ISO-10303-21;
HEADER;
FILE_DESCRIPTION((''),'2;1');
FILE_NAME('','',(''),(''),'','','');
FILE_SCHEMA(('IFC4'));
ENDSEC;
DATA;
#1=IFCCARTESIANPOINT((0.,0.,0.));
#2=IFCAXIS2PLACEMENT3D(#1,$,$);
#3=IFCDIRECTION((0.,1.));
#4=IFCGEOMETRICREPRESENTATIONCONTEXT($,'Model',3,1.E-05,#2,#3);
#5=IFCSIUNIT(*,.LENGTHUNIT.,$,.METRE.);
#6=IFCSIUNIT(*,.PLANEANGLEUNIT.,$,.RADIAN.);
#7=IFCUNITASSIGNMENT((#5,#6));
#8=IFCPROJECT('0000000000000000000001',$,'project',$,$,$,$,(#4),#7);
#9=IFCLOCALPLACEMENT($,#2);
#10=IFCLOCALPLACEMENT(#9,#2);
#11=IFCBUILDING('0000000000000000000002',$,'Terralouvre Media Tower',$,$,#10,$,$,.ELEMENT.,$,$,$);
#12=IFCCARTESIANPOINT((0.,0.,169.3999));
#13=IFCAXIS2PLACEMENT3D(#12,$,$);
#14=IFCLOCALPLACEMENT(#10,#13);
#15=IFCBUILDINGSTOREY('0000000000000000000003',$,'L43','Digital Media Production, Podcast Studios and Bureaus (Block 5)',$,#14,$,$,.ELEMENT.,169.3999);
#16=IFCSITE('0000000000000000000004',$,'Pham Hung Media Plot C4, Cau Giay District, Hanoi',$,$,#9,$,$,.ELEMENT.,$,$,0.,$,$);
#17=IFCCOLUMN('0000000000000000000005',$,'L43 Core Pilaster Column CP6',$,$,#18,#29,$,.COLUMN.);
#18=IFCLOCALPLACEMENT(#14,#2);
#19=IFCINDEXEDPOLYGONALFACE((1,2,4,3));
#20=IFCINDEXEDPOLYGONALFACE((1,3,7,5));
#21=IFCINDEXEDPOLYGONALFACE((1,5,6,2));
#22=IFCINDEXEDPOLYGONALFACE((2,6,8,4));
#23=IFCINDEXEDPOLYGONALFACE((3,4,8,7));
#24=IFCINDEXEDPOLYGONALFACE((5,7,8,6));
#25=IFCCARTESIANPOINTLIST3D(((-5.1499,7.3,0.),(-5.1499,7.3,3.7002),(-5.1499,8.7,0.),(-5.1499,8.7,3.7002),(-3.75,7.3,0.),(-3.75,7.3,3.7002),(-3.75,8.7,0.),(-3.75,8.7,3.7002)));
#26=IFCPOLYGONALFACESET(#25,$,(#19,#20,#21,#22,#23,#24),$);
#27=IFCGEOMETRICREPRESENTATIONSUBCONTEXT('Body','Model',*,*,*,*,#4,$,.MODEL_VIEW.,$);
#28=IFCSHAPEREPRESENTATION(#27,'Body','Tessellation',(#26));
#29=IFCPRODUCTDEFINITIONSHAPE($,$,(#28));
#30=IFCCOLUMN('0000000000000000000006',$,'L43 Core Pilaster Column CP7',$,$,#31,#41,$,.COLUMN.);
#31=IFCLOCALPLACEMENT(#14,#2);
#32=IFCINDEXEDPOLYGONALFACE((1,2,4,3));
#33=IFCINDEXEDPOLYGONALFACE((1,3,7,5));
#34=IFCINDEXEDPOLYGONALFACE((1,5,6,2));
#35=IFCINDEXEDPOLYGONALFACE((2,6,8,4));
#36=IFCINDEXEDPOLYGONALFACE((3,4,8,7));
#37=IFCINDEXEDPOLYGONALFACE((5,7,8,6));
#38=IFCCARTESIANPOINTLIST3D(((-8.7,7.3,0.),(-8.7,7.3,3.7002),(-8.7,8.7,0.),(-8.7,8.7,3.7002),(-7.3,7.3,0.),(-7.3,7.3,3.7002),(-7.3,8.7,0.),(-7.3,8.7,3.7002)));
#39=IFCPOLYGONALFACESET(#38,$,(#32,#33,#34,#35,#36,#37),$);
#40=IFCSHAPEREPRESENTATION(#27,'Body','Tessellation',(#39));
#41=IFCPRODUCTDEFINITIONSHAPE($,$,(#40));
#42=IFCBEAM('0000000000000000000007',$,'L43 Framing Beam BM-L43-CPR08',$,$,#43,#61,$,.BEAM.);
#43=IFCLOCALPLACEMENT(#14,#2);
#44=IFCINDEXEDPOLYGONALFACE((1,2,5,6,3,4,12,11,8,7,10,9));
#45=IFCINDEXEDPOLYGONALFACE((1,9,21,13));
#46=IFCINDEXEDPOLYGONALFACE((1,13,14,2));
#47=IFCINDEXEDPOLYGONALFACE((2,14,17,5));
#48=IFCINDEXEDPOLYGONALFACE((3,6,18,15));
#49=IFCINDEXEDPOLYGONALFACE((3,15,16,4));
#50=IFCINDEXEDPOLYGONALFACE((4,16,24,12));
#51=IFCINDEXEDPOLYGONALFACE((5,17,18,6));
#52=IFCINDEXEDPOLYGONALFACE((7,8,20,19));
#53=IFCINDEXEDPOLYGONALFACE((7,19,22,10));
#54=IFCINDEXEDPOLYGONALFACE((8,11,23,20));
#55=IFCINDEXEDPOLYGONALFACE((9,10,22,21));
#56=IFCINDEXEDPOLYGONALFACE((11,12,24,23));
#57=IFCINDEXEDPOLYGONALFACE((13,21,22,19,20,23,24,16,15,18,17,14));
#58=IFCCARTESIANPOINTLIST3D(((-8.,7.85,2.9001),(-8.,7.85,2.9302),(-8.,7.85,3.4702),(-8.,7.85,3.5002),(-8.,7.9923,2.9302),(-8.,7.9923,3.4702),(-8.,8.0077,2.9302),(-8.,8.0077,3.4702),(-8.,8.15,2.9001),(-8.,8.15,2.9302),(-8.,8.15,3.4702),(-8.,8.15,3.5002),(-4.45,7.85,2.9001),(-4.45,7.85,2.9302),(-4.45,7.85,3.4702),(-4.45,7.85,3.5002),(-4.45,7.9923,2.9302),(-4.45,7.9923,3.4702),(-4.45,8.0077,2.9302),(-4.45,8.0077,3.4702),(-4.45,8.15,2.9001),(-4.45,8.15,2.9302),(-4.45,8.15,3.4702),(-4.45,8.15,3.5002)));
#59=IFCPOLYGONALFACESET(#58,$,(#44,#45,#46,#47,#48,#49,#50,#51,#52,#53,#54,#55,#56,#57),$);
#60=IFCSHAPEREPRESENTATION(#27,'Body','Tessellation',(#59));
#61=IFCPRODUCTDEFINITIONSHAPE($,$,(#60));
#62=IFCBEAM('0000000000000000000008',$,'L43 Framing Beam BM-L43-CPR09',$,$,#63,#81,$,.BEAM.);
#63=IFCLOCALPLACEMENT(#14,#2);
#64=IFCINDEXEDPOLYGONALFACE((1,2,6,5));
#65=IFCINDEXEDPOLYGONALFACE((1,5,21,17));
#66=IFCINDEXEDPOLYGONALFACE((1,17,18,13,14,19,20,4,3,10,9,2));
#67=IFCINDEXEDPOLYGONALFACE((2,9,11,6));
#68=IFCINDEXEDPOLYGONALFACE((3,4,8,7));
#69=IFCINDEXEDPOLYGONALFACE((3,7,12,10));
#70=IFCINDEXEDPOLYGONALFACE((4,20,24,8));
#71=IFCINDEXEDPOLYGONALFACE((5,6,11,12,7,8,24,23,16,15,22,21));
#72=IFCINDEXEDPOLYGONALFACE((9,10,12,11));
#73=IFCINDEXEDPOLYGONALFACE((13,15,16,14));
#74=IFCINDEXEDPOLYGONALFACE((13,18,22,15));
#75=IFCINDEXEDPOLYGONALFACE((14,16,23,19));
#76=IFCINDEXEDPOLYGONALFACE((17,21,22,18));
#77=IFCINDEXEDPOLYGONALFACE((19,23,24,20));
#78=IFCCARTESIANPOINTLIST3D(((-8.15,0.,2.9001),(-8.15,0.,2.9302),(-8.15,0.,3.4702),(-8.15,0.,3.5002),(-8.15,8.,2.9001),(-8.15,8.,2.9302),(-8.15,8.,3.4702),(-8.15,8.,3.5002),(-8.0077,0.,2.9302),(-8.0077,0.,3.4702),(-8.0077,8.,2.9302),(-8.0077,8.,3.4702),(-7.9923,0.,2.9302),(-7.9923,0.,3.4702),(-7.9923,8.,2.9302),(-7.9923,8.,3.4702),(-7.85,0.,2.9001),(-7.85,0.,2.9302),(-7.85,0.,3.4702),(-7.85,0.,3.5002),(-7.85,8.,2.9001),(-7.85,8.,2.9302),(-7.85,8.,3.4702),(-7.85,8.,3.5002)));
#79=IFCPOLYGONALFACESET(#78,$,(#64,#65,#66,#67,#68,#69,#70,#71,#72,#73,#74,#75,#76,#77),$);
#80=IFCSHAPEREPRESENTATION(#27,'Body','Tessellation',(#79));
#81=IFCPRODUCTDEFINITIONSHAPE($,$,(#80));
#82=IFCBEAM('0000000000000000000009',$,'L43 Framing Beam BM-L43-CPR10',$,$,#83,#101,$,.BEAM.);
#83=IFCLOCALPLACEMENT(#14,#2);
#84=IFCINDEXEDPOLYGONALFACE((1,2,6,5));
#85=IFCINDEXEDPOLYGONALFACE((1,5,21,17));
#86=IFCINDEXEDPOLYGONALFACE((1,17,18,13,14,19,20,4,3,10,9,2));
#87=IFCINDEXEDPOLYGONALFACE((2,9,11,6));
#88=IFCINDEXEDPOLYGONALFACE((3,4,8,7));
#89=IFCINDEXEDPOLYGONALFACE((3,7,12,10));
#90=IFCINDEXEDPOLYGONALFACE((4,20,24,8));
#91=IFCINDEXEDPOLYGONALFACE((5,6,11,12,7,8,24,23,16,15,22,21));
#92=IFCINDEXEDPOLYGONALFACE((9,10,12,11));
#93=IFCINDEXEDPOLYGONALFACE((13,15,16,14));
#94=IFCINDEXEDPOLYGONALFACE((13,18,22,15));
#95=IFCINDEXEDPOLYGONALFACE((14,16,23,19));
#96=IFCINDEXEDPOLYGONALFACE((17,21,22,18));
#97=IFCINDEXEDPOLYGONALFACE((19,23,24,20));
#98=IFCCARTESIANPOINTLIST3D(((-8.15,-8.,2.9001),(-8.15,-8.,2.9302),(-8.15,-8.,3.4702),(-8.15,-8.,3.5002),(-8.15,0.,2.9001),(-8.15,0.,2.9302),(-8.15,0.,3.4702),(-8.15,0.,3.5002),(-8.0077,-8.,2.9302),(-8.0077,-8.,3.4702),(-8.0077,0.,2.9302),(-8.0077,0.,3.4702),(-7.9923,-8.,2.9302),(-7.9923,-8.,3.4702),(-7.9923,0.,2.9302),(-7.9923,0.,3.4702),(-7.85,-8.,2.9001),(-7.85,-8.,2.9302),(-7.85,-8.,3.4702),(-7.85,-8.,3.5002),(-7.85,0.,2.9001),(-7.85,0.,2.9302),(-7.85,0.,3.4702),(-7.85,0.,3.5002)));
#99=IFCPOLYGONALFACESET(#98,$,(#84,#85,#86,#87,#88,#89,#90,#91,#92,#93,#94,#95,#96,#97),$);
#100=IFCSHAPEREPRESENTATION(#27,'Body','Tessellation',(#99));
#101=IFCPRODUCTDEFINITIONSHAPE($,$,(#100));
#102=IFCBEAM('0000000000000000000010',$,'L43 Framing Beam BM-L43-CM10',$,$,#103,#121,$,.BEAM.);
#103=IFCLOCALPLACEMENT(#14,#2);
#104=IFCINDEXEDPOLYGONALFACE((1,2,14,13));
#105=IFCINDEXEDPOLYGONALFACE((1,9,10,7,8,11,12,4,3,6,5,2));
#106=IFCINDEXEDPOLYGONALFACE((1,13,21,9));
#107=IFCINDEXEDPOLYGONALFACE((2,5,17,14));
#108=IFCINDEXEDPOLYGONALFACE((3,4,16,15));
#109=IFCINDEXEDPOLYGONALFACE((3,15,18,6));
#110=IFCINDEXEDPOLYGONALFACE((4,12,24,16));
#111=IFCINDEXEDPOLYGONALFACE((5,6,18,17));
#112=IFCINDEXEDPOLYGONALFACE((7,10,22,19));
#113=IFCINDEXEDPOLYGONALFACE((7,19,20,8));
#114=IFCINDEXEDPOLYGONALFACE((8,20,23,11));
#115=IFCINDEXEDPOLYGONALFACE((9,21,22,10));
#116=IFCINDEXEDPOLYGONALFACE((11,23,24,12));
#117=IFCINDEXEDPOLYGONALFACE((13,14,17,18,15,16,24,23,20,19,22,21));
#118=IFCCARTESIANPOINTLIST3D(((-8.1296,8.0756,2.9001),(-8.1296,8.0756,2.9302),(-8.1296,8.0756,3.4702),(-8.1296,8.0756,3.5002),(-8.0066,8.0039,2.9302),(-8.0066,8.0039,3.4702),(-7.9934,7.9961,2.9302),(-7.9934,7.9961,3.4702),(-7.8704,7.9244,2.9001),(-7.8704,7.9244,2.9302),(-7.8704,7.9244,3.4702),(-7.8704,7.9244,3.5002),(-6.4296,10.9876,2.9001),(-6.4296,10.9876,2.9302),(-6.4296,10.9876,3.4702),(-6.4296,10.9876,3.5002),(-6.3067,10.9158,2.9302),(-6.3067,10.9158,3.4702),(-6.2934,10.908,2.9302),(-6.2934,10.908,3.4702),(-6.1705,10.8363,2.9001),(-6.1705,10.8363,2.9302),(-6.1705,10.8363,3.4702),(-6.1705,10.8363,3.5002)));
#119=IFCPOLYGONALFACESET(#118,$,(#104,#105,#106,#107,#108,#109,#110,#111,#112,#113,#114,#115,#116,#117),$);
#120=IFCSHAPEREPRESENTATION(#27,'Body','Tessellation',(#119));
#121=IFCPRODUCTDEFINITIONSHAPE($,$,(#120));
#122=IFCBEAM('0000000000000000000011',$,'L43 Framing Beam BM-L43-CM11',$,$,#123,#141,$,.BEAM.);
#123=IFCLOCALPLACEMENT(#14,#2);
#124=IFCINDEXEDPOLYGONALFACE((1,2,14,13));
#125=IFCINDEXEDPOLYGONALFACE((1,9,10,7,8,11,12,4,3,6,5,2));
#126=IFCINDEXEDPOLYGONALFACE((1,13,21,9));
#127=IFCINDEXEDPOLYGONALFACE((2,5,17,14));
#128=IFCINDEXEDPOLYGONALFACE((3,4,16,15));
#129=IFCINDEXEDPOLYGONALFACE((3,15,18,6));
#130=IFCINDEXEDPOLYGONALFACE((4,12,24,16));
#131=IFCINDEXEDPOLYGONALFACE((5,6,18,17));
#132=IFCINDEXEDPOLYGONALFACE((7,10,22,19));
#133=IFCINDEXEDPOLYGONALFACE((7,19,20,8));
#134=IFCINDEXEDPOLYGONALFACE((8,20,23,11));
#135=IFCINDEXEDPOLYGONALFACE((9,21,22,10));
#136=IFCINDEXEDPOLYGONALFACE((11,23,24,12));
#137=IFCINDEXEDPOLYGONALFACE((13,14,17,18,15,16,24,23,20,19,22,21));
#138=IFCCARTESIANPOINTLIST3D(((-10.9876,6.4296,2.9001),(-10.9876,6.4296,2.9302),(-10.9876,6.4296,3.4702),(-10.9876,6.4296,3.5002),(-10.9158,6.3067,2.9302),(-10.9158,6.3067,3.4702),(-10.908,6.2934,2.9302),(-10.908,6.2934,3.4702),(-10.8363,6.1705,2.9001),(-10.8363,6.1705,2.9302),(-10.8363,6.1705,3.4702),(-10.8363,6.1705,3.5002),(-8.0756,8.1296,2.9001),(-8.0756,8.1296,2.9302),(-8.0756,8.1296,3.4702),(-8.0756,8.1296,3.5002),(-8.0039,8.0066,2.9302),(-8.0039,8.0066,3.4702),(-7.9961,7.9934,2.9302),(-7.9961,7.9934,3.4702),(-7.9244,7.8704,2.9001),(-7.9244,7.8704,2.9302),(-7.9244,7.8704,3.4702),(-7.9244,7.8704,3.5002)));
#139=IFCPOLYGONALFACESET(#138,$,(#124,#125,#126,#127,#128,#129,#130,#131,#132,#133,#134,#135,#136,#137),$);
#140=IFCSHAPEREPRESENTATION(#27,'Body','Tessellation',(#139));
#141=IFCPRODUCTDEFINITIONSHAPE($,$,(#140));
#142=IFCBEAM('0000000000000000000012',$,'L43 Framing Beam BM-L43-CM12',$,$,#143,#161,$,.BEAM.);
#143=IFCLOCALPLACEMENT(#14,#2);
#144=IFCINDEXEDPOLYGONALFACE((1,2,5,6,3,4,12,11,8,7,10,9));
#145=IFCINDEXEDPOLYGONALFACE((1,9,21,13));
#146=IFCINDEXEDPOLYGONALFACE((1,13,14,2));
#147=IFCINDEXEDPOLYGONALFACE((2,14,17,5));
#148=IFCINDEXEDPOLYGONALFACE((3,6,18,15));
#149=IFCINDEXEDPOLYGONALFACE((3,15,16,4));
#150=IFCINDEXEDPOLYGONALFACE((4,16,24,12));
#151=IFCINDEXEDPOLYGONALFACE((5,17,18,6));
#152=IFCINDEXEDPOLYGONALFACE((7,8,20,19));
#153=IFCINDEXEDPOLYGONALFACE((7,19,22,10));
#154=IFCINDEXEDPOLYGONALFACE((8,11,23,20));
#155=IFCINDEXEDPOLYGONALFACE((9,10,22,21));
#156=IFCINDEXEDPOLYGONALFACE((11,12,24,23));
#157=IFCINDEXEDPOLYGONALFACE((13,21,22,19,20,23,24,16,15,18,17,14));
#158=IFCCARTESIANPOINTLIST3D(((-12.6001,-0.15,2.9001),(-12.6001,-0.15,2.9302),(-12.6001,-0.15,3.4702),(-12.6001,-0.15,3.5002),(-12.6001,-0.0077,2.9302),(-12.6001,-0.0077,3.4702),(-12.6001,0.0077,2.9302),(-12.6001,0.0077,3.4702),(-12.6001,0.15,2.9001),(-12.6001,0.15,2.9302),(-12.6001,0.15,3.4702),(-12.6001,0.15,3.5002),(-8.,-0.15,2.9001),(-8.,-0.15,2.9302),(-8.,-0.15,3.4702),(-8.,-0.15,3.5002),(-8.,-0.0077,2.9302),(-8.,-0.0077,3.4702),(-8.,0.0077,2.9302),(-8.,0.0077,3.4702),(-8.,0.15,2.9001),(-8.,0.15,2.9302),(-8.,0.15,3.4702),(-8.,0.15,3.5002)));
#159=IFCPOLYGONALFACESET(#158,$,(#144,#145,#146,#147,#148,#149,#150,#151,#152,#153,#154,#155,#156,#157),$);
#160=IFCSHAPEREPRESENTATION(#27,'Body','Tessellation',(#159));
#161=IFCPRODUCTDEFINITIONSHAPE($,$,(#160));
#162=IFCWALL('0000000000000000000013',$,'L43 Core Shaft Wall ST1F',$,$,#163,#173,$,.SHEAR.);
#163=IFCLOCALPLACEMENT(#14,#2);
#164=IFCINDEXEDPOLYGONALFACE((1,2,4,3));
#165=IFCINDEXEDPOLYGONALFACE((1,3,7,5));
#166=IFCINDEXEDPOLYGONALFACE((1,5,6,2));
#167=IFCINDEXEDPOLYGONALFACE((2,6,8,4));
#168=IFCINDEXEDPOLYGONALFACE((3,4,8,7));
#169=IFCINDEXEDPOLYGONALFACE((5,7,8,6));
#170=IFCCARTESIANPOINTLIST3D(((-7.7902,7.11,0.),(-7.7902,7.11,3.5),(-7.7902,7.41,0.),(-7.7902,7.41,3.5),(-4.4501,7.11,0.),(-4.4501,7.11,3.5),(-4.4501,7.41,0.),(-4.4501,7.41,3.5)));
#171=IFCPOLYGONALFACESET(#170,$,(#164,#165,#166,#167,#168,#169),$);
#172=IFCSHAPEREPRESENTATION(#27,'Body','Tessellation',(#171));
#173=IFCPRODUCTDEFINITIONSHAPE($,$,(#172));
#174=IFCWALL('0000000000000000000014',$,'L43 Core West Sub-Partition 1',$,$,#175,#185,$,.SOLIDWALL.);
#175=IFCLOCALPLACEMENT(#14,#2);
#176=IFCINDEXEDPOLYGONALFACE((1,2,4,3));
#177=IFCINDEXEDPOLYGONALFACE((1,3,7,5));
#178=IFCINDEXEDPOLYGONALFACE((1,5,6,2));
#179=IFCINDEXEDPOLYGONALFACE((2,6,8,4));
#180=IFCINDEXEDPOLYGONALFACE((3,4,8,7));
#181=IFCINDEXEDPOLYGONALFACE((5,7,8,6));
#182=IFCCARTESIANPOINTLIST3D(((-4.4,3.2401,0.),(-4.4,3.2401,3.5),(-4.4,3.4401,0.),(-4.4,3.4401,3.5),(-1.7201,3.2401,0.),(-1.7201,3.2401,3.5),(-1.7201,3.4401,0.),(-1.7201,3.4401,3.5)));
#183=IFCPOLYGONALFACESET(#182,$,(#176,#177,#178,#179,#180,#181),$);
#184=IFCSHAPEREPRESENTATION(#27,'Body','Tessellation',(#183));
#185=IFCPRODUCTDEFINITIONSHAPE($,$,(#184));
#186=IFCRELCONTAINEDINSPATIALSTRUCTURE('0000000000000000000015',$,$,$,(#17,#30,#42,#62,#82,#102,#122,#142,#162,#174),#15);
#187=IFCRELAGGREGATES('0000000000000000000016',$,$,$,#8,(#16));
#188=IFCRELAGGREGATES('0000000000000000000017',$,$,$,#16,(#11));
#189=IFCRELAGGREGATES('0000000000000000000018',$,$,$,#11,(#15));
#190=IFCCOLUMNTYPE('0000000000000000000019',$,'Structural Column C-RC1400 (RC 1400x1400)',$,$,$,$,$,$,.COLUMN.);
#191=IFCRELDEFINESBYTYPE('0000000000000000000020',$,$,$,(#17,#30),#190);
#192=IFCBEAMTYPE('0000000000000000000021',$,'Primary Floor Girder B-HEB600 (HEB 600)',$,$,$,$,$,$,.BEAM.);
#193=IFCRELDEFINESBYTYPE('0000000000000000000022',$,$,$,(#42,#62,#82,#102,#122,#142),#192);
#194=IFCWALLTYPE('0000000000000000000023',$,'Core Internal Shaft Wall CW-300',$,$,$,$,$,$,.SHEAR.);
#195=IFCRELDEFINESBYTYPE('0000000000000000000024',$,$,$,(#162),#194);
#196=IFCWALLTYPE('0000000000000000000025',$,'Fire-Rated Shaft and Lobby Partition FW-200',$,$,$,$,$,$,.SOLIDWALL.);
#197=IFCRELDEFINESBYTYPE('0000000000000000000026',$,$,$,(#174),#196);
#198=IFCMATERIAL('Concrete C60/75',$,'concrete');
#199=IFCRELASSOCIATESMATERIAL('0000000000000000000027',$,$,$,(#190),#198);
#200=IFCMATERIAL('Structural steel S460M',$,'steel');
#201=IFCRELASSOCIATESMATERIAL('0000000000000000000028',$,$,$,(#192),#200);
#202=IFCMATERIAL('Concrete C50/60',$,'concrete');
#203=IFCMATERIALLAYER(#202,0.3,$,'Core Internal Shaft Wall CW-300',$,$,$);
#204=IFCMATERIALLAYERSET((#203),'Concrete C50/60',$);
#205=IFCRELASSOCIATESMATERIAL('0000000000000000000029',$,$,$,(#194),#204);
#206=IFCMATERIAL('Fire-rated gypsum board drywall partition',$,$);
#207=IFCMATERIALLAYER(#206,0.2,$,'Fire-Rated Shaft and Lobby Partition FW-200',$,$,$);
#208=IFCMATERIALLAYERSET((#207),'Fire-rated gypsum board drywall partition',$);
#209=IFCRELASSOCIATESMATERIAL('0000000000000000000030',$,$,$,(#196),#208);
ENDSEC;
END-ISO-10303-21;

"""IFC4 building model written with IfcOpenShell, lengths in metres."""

from ifc_helpers import new_model, si_unit, direction, frame, frame_2d, origin, origin_2d, place, context, subcontext, project, spatial, rectangle, i_section, extrude, material, layer, layer_set, material_profile, profile_set, type_object, element, save


model = new_model("IFC4")

# Units and contexts
model_context = context("Model", 3, precision=1e-05, world=origin(), true_north=direction((0.0, 1.0)))
body_context = subcontext(model_context, "Body", "Model", "MODEL_VIEW")
ifc_project = project(units=[si_unit("LENGTHUNIT", "METRE"), si_unit("PLANEANGLEUNIT", "RADIAN")], contexts=[model_context])

# Site, building, storey
site_placement = place(None, origin())
site = spatial("IfcSite", under=ifc_project, at=site_placement, Name="Pham Hung Media Plot C4, Cau Giay District, Hanoi", CompositionType="ELEMENT", RefElevation=0.0)
building_placement = place(site_placement, origin())
building = spatial("IfcBuilding", under=site, at=building_placement, Name="Terralouvre Media Tower", CompositionType="ELEMENT")
storey_placement = place(building_placement, frame((0.0, 0.0, 169.3999)))
storey = spatial("IfcBuildingStorey", under=building, at=storey_placement, Name="L43", Description="Digital Media Production, Podcast Studios and Bureaus (Block 5)", CompositionType="ELEMENT", Elevation=169.3999)

# Columns
ifc_material_1 = material(Name="Concrete C60/75", Category="concrete")
ifc_material_profile_1 = material_profile(ifc_material_1, rectangle(XDim=1.3999, YDim=1.3999, at=origin_2d()), Name="RC 1400x1400")
ifc_profile_set_1 = profile_set([ifc_material_profile_1], Name="Concrete C60/75")
column_type = type_object("IfcColumnType", Name="Structural Column C-RC1400 (RC 1400x1400)", PredefinedType="COLUMN", material=ifc_profile_set_1)
for number, where, z_axis, x_axis, name in (
    (1, (-4.45, 8.0, 0.0), (0.0, 0.0, 1.0), (1.0, 0.0, 0.0), "L43 Core Pilaster Column CP6"),
    (2, (-8.0, 8.0, 0.0), (0.0, 0.0, 1.0), (1.0, 0.0, 0.0), "L43 Core Pilaster Column CP7"),
):
    element("IfcColumn", number, at=place(storey_placement, frame(where, z_axis=z_axis, x_axis=x_axis)), inside=storey, type_object=column_type, Name=name, PredefinedType="COLUMN", context=body_context, shape_type="SweptSolid", body=[
        extrude(rectangle(XDim=1.3999, YDim=1.3999, at=origin_2d()), origin(), (0.0, 0.0, 1.0), 3.7002),
    ])

# Beams
ifc_material_2 = material(Name="Structural steel S460M", Category="steel")
ifc_material_profile_2 = material_profile(ifc_material_2, i_section(OverallWidth=0.3, OverallDepth=0.6001, WebThickness=0.0154, FlangeThickness=0.03, at=origin_2d()), Name="HEB 600")
ifc_profile_set_2 = profile_set([ifc_material_profile_2], Name="Structural steel S460M")
beam_type = type_object("IfcBeamType", Name="Primary Floor Girder B-HEB600 (HEB 600)", PredefinedType="BEAM", material=ifc_profile_set_2)
beam_1_placement = place(storey_placement, frame((-4.45, 8.0, 3.2002), z_axis=(-1.0, 0.0, 0.0), x_axis=(0.0, -1.0, 0.0)))
element("IfcBeam", 3, at=beam_1_placement, inside=storey, type_object=beam_type, Name="L43 Framing Beam BM-L43-CPR08", PredefinedType="BEAM", context=body_context, shape_type="SweptSolid", body=[
    extrude(i_section(OverallWidth=0.3, OverallDepth=0.6001, WebThickness=0.0154, FlangeThickness=0.03, at=origin_2d()), origin(), (0.0, 0.0, 1.0), 3.55),
])
for number, where, z_axis, x_axis, name in (
    (4, (-8.0, 8.0, 3.2002), (0.0, -1.0, 0.0), (1.0, 0.0, 0.0), "L43 Framing Beam BM-L43-CPR09"),
    (5, (-8.0, 0.0, 3.2002), (0.0, -1.0, 0.0), (1.0, 0.0, 0.0), "L43 Framing Beam BM-L43-CPR10"),
):
    element("IfcBeam", number, at=place(storey_placement, frame(where, z_axis=z_axis, x_axis=x_axis)), inside=storey, type_object=beam_type, Name=name, PredefinedType="BEAM", context=body_context, shape_type="SweptSolid", body=[
        extrude(i_section(OverallWidth=0.3, OverallDepth=0.6001, WebThickness=0.0154, FlangeThickness=0.03, at=origin_2d()), origin(), (0.0, 0.0, 1.0), 8.0),
    ])
for number, where, z_axis, x_axis, name in (
    (6, (-8.0, 8.0, 3.2002), (0.504173, 0.863603, 0.0), (-0.863603, 0.504173, 0.0), "L43 Framing Beam BM-L43-CM10"),
    (7, (-8.0, 8.0, 3.2002), (-0.863603, -0.504173, 0.0), (0.504173, -0.863603, 0.0), "L43 Framing Beam BM-L43-CM11"),
):
    element("IfcBeam", number, at=place(storey_placement, frame(where, z_axis=z_axis, x_axis=x_axis)), inside=storey, type_object=beam_type, Name=name, PredefinedType="BEAM", context=body_context, shape_type="SweptSolid", body=[
        extrude(i_section(OverallWidth=0.3, OverallDepth=0.6001, WebThickness=0.0154, FlangeThickness=0.03, at=origin_2d()), origin(), (0.0, 0.0, 1.0), 3.3718),
    ])
beam_2_placement = place(storey_placement, frame((-8.0, 0.0, 3.2002), z_axis=(-1.0, 0.0, 0.0), x_axis=(0.0, -1.0, 0.0)))
element("IfcBeam", 8, at=beam_2_placement, inside=storey, type_object=beam_type, Name="L43 Framing Beam BM-L43-CM12", PredefinedType="BEAM", context=body_context, shape_type="SweptSolid", body=[
    extrude(i_section(OverallWidth=0.3, OverallDepth=0.6001, WebThickness=0.0154, FlangeThickness=0.03, at=origin_2d()), origin(), (0.0, 0.0, 1.0), 4.6001),
])

# Shared definitions
ifc_material_3 = material(Name="Concrete C50/60", Category="concrete")
ifc_layer_1 = layer(ifc_material_3, 0.3, Name="Core Internal Shaft Wall CW-300")
ifc_layer_set_1 = layer_set([ifc_layer_1], Name="Concrete C50/60")
wall_type_1 = type_object("IfcWallType", Name="Core Internal Shaft Wall CW-300", PredefinedType="SHEAR", material=ifc_layer_set_1)

# Wall
wall_1_placement = place(storey_placement, frame((-7.79, 7.26, 0.0), z_axis=(0.0, 0.0, 1.0), x_axis=(1.0, 0.0, 0.0)))
element("IfcWall", 9, at=wall_1_placement, inside=storey, type_object=wall_type_1, Name="L43 Core Shaft Wall ST1F", PredefinedType="SHEAR", context=body_context, shape_type="SweptSolid", body=[
    extrude(rectangle(XDim=3.3401, YDim=0.3, at=frame_2d((1.6699, 0.0))), origin(), (0.0, 0.0, 1.0), 3.5),
])

# Wall
ifc_material_4 = material(Name="Fire-rated gypsum board drywall partition")
ifc_layer_2 = layer(ifc_material_4, 0.2, Name="Fire-Rated Shaft and Lobby Partition FW-200")
ifc_layer_set_2 = layer_set([ifc_layer_2], Name="Fire-rated gypsum board drywall partition")
wall_type_2 = type_object("IfcWallType", Name="Fire-Rated Shaft and Lobby Partition FW-200", PredefinedType="SOLIDWALL", material=ifc_layer_set_2)
wall_2_placement = place(storey_placement, frame((-4.3999, 3.3401, 0.0), z_axis=(0.0, 0.0, 1.0), x_axis=(1.0, 0.0, 0.0)))
element("IfcWall", 10, at=wall_2_placement, inside=storey, type_object=wall_type_2, Name="L43 Core West Sub-Partition 1", PredefinedType="SOLIDWALL", context=body_context, shape_type="SweptSolid", body=[
    extrude(rectangle(XDim=2.6799, YDim=0.2, at=frame_2d((1.3398, 0.0))), origin(), (0.0, 0.0, 1.0), 3.5),
])

save(model, "model.ifc")
